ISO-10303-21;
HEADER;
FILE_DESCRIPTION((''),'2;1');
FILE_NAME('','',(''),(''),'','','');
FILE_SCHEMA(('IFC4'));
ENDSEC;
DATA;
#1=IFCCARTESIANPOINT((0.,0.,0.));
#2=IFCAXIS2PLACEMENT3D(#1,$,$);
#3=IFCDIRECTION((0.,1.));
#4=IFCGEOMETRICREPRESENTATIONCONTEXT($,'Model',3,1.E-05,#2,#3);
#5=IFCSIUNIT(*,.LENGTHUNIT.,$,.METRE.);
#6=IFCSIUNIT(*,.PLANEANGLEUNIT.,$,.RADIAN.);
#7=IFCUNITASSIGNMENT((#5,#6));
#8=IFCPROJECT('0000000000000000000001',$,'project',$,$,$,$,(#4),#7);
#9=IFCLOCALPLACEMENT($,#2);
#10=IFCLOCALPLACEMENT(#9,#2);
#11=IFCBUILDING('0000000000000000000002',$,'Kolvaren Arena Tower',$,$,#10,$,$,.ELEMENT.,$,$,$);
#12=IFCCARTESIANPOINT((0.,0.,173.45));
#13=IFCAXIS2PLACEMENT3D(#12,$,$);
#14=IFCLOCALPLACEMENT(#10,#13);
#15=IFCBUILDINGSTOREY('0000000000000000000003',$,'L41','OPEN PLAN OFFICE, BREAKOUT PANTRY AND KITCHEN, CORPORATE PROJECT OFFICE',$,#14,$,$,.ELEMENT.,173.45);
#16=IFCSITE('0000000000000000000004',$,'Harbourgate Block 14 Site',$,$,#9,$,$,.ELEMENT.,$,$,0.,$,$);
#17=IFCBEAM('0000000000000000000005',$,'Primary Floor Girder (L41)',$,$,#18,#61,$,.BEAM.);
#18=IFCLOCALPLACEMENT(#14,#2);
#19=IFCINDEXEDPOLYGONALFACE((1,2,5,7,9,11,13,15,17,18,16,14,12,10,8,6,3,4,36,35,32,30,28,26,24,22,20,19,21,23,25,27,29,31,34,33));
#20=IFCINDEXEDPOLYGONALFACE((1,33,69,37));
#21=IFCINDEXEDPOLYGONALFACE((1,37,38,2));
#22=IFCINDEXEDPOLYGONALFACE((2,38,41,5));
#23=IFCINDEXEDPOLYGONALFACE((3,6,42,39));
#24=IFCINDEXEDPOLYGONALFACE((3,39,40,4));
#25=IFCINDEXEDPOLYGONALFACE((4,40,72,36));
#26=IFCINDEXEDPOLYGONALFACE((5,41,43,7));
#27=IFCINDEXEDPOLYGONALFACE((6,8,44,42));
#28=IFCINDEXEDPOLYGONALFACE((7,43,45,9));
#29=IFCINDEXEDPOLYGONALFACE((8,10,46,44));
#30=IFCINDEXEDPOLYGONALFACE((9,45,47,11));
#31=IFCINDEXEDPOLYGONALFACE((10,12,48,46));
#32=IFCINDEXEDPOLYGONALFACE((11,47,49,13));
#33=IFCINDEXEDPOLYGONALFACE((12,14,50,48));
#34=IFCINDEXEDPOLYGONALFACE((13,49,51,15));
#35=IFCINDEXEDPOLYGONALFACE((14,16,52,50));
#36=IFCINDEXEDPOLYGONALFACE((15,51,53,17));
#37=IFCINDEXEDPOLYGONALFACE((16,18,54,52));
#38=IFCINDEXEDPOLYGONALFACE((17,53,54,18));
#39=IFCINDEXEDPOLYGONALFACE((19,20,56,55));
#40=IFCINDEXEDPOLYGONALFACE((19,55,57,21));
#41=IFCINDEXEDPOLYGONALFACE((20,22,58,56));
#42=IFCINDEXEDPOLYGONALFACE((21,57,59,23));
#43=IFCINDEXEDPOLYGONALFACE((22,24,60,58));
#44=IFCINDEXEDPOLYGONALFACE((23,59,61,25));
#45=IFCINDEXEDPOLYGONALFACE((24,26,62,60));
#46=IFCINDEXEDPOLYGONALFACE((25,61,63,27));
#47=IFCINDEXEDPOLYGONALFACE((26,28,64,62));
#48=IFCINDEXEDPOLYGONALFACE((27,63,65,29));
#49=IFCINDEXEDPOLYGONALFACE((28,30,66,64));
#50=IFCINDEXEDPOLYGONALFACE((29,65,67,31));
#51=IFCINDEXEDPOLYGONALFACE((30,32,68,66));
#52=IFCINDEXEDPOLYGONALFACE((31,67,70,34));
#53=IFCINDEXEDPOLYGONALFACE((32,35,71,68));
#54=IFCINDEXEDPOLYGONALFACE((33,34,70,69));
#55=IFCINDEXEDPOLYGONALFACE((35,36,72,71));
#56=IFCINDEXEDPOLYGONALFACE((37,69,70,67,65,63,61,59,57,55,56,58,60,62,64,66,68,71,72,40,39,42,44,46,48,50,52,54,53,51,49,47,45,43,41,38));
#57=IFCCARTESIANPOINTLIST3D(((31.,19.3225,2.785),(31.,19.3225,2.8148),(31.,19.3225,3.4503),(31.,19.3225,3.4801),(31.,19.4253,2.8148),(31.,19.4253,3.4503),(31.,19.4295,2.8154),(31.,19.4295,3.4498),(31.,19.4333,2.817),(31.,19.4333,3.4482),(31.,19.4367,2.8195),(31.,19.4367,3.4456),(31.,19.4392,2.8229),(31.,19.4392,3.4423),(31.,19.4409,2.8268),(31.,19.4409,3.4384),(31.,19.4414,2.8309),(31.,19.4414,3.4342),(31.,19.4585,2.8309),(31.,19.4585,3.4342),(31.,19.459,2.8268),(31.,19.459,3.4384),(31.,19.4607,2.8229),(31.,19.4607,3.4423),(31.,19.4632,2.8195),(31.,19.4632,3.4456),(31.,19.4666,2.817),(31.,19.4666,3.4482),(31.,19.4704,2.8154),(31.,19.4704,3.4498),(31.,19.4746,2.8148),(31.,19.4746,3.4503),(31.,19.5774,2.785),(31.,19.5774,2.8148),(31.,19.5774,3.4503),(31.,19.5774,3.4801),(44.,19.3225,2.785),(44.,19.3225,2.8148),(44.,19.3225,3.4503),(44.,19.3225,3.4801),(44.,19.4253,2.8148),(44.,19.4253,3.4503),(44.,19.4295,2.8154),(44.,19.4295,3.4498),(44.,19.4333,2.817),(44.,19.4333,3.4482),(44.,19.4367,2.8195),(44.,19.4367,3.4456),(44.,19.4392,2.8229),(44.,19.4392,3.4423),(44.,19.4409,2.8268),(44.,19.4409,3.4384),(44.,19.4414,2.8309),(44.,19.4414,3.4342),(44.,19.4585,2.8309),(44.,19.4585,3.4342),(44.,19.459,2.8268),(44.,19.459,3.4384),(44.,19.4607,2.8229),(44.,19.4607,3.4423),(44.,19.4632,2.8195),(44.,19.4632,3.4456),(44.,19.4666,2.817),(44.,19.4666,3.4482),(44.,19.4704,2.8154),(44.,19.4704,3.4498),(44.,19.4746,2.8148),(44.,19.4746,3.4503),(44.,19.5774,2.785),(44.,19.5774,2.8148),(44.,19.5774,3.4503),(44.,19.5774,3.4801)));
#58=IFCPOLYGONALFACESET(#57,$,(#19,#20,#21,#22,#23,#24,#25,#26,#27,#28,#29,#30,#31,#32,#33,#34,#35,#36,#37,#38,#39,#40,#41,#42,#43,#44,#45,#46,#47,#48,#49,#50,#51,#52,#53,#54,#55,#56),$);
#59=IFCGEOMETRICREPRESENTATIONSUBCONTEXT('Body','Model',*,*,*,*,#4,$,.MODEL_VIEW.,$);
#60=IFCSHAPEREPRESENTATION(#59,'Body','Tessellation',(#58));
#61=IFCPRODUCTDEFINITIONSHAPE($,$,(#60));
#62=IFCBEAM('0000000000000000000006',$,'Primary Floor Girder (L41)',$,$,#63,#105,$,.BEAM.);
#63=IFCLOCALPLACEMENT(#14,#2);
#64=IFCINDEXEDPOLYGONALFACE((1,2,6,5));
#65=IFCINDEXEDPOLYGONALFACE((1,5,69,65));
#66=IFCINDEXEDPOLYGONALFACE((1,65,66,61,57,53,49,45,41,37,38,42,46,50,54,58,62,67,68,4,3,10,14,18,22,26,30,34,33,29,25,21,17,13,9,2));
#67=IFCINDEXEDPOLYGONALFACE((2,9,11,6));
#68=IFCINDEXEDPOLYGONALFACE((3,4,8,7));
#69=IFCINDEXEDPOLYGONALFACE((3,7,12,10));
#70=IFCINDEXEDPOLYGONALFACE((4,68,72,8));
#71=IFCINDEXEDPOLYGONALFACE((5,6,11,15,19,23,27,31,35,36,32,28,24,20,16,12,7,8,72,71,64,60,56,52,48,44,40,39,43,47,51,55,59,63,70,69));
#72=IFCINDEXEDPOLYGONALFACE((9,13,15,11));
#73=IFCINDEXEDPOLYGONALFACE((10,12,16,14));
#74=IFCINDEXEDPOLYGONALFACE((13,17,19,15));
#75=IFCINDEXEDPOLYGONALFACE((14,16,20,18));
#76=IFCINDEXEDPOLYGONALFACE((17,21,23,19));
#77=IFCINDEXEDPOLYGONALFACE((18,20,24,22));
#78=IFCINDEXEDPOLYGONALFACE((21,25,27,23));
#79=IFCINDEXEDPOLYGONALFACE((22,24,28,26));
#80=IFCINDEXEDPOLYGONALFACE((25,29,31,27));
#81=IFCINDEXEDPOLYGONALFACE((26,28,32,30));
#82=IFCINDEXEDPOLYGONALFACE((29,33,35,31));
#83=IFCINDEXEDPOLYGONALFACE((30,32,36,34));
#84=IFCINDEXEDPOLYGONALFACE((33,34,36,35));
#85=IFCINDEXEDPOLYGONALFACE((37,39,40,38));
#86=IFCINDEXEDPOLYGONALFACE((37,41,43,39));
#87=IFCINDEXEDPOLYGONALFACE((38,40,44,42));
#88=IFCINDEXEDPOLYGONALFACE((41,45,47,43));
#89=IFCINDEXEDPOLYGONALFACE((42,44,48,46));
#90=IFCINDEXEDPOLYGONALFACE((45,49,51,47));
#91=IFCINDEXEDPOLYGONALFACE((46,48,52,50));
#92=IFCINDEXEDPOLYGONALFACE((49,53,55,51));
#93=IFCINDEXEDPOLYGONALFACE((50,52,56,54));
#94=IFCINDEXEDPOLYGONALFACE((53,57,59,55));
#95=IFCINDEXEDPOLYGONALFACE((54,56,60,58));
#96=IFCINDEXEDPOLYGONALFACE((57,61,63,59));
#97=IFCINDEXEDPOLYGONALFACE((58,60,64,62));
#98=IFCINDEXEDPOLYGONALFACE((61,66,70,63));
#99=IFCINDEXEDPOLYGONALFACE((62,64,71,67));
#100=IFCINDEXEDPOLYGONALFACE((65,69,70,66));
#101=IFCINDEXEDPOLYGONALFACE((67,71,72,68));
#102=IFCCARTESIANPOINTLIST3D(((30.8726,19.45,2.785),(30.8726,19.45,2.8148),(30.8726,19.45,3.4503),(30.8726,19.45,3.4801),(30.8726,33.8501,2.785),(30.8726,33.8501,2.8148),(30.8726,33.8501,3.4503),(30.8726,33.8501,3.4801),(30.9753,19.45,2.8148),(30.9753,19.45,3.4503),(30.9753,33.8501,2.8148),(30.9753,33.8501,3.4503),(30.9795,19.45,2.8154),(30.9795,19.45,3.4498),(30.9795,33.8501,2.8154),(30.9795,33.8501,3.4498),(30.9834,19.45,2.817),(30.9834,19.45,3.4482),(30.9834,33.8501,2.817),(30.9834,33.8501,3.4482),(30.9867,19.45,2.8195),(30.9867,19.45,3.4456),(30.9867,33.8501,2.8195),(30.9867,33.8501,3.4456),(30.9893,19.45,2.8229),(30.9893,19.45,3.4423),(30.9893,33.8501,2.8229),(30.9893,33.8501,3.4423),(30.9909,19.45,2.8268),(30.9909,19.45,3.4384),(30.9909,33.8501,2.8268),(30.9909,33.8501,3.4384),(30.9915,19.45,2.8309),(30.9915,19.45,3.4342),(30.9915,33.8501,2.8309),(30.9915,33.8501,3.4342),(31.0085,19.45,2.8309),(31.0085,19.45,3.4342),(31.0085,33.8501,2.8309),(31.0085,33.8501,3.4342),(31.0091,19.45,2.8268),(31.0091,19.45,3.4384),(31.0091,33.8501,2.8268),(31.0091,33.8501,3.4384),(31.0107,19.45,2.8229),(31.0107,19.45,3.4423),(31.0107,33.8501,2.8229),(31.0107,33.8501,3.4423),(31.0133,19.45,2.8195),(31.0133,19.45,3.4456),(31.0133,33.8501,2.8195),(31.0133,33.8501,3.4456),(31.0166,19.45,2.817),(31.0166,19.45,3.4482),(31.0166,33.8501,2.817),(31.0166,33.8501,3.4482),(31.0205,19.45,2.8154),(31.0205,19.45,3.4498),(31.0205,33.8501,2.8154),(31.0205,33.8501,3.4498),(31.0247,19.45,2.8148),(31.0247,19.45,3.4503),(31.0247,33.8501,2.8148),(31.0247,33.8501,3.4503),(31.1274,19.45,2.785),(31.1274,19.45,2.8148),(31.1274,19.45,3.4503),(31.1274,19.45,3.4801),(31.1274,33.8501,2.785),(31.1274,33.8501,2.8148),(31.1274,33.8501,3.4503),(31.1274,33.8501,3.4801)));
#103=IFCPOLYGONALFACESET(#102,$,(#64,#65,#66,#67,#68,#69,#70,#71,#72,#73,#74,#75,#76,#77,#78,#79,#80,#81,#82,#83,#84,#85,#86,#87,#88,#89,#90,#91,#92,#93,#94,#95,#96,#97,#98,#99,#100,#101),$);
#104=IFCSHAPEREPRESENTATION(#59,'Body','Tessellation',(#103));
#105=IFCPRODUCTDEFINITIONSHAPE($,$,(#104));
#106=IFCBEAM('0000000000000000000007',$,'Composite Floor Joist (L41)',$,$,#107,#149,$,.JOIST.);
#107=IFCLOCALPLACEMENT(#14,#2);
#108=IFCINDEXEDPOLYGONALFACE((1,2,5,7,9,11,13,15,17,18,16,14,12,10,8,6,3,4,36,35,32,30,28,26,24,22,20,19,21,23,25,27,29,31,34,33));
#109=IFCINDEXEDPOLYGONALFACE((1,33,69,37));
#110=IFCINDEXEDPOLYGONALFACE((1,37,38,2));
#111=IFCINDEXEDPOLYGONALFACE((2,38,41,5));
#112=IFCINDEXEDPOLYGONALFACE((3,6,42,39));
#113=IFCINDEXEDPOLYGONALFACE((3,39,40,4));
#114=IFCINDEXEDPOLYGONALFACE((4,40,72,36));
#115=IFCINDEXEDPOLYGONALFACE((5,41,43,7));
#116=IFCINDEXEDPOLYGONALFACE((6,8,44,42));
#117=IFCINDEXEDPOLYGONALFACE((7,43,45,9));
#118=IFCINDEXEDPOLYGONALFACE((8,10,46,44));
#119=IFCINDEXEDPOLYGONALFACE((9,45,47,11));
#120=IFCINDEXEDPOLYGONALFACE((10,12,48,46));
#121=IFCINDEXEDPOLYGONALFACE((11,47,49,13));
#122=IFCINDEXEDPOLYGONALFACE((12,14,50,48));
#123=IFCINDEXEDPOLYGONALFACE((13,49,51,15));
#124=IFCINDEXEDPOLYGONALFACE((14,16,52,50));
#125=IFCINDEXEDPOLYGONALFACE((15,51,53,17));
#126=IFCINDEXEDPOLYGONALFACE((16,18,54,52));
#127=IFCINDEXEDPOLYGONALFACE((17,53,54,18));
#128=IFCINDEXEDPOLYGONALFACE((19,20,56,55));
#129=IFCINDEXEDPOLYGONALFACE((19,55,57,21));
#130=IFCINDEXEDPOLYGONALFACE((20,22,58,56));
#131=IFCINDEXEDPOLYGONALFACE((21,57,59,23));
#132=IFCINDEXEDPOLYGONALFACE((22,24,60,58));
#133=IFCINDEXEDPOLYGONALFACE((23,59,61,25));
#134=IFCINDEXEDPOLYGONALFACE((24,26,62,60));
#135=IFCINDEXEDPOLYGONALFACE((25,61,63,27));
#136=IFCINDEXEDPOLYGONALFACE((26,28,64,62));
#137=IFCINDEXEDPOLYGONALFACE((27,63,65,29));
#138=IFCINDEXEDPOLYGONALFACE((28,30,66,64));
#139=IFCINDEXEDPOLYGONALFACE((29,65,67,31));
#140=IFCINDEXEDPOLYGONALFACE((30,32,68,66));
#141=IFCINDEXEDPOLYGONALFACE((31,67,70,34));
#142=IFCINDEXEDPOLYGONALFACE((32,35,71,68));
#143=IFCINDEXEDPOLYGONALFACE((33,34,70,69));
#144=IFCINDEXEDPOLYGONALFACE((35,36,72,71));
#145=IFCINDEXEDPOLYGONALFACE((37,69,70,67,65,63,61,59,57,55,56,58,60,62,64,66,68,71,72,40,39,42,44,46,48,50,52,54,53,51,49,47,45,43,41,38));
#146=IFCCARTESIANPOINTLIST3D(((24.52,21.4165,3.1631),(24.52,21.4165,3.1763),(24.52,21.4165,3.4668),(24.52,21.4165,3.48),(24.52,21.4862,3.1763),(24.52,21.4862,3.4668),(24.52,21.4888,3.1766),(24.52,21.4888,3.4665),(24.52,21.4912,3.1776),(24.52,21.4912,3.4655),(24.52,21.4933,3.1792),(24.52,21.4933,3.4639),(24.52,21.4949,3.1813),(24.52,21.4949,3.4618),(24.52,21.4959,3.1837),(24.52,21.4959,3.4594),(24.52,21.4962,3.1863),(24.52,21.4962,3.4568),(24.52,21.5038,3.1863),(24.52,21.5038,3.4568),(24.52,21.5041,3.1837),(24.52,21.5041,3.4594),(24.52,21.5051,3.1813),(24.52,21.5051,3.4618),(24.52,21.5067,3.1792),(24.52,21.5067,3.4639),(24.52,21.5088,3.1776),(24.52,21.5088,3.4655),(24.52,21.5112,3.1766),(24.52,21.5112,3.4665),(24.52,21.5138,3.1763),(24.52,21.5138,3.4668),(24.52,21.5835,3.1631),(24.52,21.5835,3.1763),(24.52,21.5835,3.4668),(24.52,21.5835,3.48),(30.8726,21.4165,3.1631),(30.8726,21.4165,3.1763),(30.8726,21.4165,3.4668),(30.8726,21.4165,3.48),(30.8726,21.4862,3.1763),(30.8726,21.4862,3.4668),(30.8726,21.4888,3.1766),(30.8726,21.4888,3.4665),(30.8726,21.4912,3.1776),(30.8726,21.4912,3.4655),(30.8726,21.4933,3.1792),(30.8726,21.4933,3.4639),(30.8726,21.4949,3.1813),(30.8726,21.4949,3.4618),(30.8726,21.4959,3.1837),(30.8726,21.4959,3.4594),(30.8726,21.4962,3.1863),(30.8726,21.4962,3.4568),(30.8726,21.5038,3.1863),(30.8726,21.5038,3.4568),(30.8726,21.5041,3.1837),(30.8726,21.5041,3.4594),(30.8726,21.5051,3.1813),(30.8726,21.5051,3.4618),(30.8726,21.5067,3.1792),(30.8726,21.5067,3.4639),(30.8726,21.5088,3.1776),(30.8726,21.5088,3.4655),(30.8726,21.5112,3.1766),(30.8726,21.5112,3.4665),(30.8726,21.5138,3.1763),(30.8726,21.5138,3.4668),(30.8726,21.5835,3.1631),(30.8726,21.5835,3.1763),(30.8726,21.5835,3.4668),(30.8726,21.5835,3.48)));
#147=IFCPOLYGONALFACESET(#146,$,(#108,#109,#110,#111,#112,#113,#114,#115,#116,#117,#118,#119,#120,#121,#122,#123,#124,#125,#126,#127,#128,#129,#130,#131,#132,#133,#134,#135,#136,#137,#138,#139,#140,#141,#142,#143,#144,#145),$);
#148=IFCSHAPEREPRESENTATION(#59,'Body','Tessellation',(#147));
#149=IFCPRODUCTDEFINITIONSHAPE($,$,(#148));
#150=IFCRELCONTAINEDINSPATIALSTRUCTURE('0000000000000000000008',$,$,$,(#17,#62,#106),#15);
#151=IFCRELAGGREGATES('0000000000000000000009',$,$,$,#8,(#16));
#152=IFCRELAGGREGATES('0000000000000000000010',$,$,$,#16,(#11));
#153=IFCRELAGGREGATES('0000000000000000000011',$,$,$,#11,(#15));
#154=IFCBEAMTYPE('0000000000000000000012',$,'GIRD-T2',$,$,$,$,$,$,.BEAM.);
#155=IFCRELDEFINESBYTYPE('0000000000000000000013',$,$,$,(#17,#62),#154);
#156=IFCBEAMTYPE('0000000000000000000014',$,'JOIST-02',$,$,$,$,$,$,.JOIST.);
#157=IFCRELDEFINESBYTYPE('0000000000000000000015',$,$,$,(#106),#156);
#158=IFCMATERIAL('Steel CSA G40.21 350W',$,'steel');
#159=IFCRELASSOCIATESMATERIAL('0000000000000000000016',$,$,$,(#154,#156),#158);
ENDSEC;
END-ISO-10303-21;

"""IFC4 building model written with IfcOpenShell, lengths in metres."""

from ifc_helpers import new_model, si_unit, direction, frame, origin, origin_2d, place, context, subcontext, project, spatial, i_section, extrude, material, material_profile, profile_set, type_object, element, save


model = new_model("IFC4")

# Units and contexts
model_context = context("Model", 3, precision=1e-05, world=origin(), true_north=direction((0.0, 1.0)))
body_context = subcontext(model_context, "Body", "Model", "MODEL_VIEW")
ifc_project = project(units=[si_unit("LENGTHUNIT", "METRE"), si_unit("PLANEANGLEUNIT", "RADIAN")], contexts=[model_context])

# Site, building, storey
site_placement = place(None, origin())
site = spatial("IfcSite", under=ifc_project, at=site_placement, Name="Harbourgate Block 14 Site", CompositionType="ELEMENT", RefElevation=0.0)
building_placement = place(site_placement, origin())
building = spatial("IfcBuilding", under=site, at=building_placement, Name="Kolvaren Arena Tower", CompositionType="ELEMENT")
storey_placement = place(building_placement, frame((0.0, 0.0, 173.45)))
storey = spatial("IfcBuildingStorey", under=building, at=storey_placement, Name="L41", Description="OPEN PLAN OFFICE, BREAKOUT PANTRY AND KITCHEN, CORPORATE PROJECT OFFICE", CompositionType="ELEMENT", Elevation=173.45)

# Beams
ifc_material_1 = material(Name="Steel CSA G40.21 350W", Category="steel")
ifc_material_profile_1 = material_profile(ifc_material_1, i_section(OverallWidth=0.2549, OverallDepth=0.6951, WebThickness=0.0171, FlangeThickness=0.0298, FilletRadius=0.0161, at=origin_2d()), Name="W690x217")
ifc_profile_set_1 = profile_set([ifc_material_profile_1], Name="Steel CSA G40.21 350W")
beam_type_1 = type_object("IfcBeamType", Name="GIRD-T2", PredefinedType="BEAM", material=ifc_profile_set_1)
beam_1_placement = place(storey_placement, frame((31.0, 19.45, 3.1326), z_axis=(1.0, 0.0, 0.0), x_axis=(0.0, 1.0, 0.0)))
element("IfcBeam", 1, at=beam_1_placement, inside=storey, type_object=beam_type_1, Name="Primary Floor Girder (L41)", PredefinedType="BEAM", context=body_context, shape_type="SweptSolid", body=[
    extrude(i_section(OverallWidth=0.2549, OverallDepth=0.6951, WebThickness=0.0171, FlangeThickness=0.0298, FilletRadius=0.0161, at=origin_2d()), origin(), (0.0, 0.0, 1.0), 13.0),
])
beam_2_placement = place(storey_placement, frame((31.0, 19.45, 3.1326), z_axis=(0.0, 1.0, 0.0), x_axis=(-1.0, 0.0, 0.0)))
element("IfcBeam", 2, at=beam_2_placement, inside=storey, type_object=beam_type_1, Name="Primary Floor Girder (L41)", PredefinedType="BEAM", context=body_context, shape_type="SweptSolid", body=[
    extrude(i_section(OverallWidth=0.2549, OverallDepth=0.6951, WebThickness=0.0171, FlangeThickness=0.0298, FilletRadius=0.0161, at=origin_2d()), origin(), (0.0, 0.0, 1.0), 14.4001),
])
ifc_material_profile_2 = material_profile(ifc_material_1, i_section(OverallWidth=0.167, OverallDepth=0.3169, WebThickness=0.0076, FlangeThickness=0.0132, FilletRadius=0.01, at=origin_2d()), Name="W310x52")
ifc_profile_set_2 = profile_set([ifc_material_profile_2], Name="Steel CSA G40.21 350W")
beam_type_2 = type_object("IfcBeamType", Name="JOIST-02", PredefinedType="JOIST", material=ifc_profile_set_2)
beam_3_placement = place(storey_placement, frame((24.52, 21.5, 3.3215), z_axis=(1.0, 0.0, 0.0), x_axis=(0.0, 1.0, 0.0)))
element("IfcBeam", 3, at=beam_3_placement, inside=storey, type_object=beam_type_2, Name="Composite Floor Joist (L41)", PredefinedType="JOIST", context=body_context, shape_type="SweptSolid", body=[
    extrude(i_section(OverallWidth=0.167, OverallDepth=0.3169, WebThickness=0.0076, FlangeThickness=0.0132, FilletRadius=0.01, at=origin_2d()), origin(), (0.0, 0.0, 1.0), 6.3525),
])

save(model, "model.ifc")
